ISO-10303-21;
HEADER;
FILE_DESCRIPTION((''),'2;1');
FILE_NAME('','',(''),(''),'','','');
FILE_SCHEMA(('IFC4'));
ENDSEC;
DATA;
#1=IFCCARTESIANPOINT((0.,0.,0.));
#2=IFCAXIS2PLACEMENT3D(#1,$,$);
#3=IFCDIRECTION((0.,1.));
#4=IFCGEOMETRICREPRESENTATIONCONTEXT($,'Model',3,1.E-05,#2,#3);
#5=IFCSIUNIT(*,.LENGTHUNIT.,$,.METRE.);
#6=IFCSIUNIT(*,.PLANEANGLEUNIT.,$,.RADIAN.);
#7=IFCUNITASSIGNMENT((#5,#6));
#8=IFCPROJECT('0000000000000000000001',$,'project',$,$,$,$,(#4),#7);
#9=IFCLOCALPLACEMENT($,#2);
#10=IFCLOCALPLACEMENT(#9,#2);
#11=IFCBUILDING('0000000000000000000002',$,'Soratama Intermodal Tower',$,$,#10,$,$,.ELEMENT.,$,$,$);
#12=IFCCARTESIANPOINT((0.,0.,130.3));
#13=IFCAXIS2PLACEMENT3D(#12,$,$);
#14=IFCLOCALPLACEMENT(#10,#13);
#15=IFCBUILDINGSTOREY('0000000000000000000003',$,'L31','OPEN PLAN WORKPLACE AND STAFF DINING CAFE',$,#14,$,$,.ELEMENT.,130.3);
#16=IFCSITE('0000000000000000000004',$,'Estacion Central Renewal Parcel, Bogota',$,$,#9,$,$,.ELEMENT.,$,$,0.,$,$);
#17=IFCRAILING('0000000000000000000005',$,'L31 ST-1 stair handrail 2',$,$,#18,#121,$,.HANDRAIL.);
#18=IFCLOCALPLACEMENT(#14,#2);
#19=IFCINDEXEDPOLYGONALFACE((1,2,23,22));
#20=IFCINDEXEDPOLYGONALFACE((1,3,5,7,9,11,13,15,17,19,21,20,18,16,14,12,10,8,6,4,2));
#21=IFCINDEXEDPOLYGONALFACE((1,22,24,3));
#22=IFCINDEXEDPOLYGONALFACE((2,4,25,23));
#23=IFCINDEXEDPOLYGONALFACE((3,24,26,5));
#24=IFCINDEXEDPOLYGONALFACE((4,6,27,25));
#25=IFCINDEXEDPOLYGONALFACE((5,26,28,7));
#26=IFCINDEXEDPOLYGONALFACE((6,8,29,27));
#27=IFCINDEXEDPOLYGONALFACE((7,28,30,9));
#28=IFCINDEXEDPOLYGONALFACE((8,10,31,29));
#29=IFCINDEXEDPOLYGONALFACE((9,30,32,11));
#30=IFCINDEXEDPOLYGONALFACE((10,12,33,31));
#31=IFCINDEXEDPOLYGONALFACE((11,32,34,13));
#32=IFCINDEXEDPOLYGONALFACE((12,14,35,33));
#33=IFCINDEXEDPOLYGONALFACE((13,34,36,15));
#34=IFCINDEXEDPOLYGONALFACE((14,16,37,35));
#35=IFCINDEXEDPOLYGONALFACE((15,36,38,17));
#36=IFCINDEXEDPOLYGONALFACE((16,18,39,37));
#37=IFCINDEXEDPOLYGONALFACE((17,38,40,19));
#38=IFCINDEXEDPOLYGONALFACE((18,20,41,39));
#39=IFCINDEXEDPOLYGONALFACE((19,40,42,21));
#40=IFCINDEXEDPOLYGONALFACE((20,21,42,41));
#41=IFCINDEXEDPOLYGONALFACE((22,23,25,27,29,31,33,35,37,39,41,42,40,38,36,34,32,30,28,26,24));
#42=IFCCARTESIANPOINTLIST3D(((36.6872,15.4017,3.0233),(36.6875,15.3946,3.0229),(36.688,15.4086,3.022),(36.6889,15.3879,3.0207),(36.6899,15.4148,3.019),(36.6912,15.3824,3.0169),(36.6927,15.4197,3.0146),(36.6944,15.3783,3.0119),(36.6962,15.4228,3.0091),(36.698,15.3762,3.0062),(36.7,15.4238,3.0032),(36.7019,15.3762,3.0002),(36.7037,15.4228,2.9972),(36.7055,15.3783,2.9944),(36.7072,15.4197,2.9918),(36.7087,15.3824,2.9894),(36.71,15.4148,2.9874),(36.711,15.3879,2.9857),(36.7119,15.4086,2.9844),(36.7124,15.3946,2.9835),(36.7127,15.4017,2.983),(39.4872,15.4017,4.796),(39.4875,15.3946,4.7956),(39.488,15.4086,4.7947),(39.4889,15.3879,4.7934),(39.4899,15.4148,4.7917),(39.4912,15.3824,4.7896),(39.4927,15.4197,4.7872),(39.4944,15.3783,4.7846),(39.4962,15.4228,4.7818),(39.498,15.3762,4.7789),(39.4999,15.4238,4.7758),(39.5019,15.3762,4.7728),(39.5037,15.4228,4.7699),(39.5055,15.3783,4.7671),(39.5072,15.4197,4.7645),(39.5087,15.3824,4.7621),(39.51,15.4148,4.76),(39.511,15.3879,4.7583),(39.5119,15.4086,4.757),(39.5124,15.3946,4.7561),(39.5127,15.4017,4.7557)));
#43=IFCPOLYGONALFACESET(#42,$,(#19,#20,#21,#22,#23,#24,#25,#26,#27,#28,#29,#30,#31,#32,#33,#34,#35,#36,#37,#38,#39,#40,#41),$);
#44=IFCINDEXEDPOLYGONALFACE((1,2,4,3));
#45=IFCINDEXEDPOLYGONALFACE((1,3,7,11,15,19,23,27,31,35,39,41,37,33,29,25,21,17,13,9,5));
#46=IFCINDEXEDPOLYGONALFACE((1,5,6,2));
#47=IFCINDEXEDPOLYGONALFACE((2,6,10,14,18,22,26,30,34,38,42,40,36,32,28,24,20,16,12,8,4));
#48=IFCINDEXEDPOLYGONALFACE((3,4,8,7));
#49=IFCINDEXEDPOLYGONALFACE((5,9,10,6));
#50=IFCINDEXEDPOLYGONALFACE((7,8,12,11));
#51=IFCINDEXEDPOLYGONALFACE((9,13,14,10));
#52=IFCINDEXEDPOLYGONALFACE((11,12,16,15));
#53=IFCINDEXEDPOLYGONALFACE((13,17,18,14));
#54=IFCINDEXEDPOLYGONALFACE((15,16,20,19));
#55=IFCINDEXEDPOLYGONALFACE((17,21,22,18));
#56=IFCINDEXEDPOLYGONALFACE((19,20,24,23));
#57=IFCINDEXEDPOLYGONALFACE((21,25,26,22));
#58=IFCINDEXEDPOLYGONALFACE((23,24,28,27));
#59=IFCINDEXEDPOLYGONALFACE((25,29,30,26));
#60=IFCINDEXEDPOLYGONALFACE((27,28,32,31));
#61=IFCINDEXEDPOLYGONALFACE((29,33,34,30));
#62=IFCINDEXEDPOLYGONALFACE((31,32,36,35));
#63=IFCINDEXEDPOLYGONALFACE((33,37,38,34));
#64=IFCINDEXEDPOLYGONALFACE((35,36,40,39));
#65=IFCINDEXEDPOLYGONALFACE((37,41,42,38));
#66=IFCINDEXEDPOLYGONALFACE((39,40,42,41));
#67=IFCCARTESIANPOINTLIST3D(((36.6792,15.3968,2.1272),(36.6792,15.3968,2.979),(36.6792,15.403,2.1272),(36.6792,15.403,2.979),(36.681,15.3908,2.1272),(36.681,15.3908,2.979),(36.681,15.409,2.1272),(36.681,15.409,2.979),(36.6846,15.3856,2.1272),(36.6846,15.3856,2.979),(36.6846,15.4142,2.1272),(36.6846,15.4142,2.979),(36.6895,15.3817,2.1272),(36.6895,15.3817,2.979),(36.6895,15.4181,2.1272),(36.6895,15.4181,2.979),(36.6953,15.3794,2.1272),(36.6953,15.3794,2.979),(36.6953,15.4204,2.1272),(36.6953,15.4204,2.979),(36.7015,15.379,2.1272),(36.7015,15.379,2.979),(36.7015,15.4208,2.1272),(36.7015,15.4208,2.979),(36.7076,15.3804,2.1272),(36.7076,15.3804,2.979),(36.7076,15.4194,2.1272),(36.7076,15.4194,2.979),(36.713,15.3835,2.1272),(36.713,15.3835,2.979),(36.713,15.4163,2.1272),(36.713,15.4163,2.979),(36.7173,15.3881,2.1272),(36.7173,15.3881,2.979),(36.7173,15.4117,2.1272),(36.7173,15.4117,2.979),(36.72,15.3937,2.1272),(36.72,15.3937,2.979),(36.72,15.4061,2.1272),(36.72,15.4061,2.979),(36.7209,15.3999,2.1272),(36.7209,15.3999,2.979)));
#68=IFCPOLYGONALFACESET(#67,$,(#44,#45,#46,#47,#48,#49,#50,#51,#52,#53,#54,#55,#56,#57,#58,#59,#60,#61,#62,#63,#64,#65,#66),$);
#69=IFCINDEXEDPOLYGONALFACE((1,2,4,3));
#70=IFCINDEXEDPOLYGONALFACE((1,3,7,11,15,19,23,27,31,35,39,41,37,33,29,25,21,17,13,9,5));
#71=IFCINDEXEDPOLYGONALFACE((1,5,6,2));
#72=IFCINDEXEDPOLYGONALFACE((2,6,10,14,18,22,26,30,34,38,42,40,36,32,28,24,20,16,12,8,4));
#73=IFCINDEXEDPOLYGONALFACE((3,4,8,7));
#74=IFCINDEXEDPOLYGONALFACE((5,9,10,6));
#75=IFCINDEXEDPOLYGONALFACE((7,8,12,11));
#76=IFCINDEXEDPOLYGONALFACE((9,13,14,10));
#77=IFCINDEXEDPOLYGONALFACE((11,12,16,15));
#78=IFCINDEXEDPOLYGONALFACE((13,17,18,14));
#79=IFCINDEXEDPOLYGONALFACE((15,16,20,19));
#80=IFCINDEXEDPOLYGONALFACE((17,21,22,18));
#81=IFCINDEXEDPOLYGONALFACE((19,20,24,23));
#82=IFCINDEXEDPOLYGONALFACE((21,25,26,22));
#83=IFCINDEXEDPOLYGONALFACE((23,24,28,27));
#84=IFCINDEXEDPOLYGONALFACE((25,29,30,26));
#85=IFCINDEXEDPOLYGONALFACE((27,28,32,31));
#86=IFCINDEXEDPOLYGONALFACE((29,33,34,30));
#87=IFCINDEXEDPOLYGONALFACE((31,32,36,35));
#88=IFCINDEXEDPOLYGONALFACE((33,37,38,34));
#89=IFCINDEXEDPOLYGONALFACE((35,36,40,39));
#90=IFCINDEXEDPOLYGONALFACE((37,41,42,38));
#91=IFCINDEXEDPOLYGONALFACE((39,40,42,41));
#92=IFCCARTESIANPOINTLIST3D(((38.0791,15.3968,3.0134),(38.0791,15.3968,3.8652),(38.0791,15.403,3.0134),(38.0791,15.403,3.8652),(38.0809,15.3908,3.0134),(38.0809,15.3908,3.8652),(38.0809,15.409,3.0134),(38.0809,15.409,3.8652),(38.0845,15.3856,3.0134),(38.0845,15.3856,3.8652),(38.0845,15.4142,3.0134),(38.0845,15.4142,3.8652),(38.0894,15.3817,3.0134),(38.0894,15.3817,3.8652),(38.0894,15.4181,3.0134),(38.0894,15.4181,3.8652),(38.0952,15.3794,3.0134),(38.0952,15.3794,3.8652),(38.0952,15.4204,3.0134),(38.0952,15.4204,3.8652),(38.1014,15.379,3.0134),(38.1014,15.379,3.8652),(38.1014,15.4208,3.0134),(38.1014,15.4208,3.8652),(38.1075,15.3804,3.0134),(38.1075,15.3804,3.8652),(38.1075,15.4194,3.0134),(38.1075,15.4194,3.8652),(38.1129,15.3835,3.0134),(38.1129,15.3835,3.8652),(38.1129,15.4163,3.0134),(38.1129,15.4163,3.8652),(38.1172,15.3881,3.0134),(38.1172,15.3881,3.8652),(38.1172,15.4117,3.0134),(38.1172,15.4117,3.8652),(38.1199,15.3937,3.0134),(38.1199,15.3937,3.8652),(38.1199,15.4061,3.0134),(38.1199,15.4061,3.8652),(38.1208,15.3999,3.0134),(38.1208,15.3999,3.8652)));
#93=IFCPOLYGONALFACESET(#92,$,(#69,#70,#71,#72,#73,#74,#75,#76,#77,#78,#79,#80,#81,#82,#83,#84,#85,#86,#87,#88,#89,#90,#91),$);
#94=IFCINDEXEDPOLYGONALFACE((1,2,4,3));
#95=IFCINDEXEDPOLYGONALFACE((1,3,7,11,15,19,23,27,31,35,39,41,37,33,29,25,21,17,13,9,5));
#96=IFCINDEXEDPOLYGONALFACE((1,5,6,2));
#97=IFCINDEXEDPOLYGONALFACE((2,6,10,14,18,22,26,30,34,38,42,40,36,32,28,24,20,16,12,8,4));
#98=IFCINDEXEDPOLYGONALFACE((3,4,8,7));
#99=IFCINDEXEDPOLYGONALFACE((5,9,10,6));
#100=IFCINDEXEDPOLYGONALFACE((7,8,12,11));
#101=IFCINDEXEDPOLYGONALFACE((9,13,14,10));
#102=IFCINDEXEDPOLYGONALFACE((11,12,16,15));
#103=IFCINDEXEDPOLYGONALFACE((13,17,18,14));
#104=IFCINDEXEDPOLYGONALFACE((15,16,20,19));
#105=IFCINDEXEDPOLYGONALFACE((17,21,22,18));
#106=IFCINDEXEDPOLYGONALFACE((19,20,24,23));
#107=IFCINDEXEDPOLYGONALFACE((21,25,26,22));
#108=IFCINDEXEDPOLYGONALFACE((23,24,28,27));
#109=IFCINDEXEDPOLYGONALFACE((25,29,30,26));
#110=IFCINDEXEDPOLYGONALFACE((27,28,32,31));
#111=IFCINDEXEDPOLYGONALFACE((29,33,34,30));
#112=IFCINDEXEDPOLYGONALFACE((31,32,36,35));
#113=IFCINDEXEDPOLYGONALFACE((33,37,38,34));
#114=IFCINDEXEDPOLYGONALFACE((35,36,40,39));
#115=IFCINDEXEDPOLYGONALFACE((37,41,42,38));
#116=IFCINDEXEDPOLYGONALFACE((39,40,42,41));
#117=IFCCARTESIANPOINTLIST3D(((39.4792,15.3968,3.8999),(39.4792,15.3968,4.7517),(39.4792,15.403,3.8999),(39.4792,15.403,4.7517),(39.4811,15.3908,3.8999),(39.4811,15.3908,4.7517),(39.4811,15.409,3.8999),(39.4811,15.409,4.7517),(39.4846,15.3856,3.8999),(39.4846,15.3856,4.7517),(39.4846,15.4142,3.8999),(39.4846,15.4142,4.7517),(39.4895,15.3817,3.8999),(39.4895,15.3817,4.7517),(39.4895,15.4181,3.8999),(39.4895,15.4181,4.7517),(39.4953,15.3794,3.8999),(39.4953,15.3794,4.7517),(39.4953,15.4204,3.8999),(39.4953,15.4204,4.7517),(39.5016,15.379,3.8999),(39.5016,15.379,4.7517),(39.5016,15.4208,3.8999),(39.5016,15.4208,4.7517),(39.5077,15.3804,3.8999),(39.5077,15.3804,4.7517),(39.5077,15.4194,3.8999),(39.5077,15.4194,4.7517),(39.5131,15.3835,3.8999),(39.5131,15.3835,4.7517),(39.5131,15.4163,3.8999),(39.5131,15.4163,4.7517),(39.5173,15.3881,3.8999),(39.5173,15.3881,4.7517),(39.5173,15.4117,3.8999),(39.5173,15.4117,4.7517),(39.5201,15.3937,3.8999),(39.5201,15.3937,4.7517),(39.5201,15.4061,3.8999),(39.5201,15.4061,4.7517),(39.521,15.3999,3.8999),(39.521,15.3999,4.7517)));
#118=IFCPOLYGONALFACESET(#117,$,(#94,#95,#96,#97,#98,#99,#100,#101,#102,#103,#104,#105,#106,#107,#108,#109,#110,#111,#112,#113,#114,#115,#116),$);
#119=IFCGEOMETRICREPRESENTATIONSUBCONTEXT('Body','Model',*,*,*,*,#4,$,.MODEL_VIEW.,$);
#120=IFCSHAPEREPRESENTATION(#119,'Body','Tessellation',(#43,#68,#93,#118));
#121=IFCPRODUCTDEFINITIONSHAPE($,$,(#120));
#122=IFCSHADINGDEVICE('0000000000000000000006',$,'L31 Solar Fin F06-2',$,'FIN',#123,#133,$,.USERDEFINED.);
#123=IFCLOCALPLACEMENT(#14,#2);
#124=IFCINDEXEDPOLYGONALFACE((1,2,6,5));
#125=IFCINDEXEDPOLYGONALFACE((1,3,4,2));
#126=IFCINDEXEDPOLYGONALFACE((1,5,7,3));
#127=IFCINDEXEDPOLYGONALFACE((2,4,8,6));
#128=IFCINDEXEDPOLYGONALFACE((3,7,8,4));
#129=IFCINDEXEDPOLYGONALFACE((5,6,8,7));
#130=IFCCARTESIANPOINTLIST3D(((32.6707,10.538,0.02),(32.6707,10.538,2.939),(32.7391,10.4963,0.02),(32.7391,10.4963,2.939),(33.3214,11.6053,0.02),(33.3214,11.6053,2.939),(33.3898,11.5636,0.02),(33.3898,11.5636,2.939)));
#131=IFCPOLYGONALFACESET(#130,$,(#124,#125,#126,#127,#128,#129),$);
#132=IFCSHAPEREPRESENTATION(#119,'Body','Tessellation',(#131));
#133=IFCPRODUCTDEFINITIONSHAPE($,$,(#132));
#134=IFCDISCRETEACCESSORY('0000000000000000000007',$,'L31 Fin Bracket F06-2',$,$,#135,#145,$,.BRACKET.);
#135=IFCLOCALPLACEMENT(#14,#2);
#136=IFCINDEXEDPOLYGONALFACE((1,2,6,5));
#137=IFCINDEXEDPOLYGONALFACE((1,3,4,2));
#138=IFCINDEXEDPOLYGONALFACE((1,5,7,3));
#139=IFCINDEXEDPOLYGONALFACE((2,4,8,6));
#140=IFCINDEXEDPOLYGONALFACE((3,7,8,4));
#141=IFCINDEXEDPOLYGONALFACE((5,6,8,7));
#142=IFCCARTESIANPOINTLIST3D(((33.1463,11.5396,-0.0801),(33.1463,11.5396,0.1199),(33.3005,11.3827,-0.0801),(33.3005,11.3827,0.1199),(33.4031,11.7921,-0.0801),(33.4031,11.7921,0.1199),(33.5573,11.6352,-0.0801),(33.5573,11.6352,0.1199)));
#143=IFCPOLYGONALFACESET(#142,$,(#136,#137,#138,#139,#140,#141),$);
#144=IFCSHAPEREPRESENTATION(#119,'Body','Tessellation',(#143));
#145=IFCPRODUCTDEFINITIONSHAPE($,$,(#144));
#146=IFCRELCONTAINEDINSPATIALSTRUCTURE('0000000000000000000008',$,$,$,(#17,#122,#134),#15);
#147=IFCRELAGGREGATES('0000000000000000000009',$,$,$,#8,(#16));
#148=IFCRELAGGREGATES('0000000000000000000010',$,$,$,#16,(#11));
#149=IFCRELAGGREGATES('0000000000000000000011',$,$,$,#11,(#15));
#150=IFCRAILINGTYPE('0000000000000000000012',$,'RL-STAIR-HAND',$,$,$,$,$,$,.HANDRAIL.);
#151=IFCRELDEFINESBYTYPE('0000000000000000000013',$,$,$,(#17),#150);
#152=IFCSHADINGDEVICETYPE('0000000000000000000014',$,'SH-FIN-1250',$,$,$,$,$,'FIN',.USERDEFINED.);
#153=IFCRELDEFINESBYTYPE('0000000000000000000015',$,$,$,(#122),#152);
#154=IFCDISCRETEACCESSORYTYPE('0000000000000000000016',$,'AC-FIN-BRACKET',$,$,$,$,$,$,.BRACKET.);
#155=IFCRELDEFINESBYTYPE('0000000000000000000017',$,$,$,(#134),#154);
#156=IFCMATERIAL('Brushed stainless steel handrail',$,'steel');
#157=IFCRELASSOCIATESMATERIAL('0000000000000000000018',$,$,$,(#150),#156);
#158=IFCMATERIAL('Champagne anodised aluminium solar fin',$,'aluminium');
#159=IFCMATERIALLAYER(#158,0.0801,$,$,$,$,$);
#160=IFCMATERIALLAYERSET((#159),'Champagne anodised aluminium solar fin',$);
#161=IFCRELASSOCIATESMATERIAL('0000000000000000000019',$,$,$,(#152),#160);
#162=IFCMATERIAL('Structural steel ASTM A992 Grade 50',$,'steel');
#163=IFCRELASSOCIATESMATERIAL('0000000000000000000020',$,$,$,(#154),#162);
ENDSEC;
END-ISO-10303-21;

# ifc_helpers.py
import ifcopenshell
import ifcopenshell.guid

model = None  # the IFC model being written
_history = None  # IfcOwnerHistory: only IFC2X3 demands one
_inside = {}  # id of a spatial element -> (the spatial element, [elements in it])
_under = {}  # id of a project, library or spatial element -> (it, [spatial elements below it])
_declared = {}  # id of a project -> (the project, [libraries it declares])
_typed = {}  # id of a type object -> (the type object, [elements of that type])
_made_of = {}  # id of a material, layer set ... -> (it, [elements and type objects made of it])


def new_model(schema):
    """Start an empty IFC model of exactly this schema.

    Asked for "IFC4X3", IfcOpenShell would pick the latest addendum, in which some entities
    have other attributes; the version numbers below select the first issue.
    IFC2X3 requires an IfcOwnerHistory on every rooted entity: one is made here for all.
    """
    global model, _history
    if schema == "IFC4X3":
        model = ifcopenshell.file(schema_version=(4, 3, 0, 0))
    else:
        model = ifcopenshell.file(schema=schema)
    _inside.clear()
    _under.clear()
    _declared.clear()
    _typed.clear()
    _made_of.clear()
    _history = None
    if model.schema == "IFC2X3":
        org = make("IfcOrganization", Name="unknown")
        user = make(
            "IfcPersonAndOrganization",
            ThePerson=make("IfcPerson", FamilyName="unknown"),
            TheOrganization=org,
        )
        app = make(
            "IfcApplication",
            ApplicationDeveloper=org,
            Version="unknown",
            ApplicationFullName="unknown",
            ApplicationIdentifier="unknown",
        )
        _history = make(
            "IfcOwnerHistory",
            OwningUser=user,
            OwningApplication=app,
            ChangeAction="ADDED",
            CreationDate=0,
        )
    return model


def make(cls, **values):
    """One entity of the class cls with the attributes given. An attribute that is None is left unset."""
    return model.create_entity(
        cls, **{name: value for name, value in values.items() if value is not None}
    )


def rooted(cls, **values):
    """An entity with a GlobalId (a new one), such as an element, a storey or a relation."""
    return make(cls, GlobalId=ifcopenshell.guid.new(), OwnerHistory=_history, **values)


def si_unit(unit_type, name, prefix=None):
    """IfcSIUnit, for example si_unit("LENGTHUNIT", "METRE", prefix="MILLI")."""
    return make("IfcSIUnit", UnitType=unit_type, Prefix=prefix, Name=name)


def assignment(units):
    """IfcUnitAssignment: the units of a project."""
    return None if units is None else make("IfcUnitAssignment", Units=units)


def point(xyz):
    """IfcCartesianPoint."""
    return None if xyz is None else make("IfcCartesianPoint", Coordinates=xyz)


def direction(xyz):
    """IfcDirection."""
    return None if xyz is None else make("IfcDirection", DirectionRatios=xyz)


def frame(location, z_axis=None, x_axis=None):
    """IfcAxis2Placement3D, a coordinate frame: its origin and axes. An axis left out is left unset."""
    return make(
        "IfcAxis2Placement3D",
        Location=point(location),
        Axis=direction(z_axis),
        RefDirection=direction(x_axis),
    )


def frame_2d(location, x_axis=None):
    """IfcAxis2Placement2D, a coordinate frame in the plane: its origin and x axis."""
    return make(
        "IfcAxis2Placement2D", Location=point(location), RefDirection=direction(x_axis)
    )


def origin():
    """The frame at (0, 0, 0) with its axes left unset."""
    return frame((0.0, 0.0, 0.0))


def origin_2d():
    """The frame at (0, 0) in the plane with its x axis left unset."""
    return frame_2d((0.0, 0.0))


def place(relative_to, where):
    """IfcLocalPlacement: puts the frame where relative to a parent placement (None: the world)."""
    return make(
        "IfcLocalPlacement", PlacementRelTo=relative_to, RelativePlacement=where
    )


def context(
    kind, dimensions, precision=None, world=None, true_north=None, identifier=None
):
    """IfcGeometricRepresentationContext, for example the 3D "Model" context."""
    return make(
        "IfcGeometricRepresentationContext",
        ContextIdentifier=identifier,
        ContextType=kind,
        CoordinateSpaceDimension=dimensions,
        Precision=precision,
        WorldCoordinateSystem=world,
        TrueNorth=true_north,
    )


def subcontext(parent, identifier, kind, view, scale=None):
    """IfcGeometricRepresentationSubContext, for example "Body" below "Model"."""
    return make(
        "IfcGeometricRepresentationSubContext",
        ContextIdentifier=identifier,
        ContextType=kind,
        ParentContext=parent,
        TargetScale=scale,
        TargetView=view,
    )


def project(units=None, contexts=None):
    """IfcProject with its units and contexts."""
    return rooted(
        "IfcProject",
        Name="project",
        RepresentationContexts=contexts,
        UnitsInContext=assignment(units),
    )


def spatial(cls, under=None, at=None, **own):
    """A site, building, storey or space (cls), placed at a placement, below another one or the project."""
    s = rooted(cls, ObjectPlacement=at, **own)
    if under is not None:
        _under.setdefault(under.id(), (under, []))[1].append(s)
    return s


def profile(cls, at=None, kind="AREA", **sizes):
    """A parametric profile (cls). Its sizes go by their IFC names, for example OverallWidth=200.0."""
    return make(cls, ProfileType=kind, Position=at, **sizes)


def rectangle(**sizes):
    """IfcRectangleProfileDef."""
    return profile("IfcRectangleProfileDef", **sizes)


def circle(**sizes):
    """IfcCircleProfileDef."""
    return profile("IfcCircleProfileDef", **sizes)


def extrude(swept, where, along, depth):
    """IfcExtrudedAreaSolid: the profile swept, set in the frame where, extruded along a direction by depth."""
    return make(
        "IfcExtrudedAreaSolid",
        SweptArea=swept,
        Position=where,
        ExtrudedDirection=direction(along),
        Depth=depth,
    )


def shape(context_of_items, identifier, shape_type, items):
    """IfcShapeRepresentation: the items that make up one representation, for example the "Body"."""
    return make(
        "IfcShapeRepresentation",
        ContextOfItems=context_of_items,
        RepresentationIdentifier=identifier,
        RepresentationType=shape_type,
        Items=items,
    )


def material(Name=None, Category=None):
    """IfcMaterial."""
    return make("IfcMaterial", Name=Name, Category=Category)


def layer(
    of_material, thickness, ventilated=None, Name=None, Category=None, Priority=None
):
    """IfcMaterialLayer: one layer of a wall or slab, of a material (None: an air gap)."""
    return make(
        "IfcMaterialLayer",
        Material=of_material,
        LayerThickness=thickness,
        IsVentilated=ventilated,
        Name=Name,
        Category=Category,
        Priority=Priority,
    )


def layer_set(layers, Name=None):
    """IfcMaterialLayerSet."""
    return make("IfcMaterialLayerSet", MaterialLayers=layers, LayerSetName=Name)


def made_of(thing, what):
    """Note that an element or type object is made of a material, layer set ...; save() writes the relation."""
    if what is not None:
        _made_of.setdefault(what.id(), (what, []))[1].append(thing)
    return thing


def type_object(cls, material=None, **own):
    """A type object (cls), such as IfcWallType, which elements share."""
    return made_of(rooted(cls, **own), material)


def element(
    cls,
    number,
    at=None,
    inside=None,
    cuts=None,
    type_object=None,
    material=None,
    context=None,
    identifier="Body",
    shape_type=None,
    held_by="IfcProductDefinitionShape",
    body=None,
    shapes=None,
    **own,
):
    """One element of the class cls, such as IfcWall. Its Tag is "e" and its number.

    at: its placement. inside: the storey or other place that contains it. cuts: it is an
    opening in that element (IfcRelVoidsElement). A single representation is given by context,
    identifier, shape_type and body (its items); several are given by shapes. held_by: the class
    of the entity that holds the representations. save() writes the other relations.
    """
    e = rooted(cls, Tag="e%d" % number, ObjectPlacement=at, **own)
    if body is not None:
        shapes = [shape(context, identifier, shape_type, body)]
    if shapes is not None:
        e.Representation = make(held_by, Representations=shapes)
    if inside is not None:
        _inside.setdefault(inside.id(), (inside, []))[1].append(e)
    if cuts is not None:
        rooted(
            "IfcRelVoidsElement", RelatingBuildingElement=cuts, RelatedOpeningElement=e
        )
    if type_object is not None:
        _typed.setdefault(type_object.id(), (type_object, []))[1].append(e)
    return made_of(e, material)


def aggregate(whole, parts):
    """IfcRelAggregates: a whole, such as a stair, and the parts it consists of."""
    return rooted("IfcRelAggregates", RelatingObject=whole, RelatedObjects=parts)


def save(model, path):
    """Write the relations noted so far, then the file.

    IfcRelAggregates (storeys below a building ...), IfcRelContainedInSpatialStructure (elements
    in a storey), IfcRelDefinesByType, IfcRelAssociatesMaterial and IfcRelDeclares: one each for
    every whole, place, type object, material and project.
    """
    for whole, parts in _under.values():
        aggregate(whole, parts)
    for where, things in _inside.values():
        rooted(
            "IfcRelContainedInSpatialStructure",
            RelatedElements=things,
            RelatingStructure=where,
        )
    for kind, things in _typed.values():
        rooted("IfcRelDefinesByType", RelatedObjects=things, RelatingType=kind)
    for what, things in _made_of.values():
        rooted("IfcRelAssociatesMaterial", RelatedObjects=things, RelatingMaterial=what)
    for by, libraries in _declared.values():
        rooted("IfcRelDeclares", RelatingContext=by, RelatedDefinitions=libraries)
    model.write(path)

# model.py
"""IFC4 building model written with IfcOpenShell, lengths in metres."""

from ifc_helpers import new_model, si_unit, direction, frame, origin, origin_2d, place, context, subcontext, project, spatial, rectangle, circle, extrude, material, layer, layer_set, type_object, element, save


model = new_model("IFC4")

# Units and contexts
model_context = context("Model", 3, precision=1e-05, world=origin(), true_north=direction((0.0, 1.0)))
body_context = subcontext(model_context, "Body", "Model", "MODEL_VIEW")
ifc_project = project(units=[si_unit("LENGTHUNIT", "METRE"), si_unit("PLANEANGLEUNIT", "RADIAN")], contexts=[model_context])

# Site, building, storey
site_placement = place(None, origin())
site = spatial("IfcSite", under=ifc_project, at=site_placement, Name="Estacion Central Renewal Parcel, Bogota", CompositionType="ELEMENT", RefElevation=0.0)
building_placement = place(site_placement, origin())
building = spatial("IfcBuilding", under=site, at=building_placement, Name="Soratama Intermodal Tower", CompositionType="ELEMENT")
storey_placement = place(building_placement, frame((0.0, 0.0, 130.3)))
storey = spatial("IfcBuildingStorey", under=building, at=storey_placement, Name="L31", Description="OPEN PLAN WORKPLACE AND STAFF DINING CAFE", CompositionType="ELEMENT", Elevation=130.3)

# Railing
ifc_material_1 = material(Name="Brushed stainless steel handrail", Category="steel")
railing_type = type_object("IfcRailingType", Name="RL-STAIR-HAND", PredefinedType="HANDRAIL", material=ifc_material_1)
railing_placement = place(storey_placement, frame((36.7, 15.3999, 2.1272)))
element("IfcRailing", 1, at=railing_placement, inside=storey, type_object=railing_type, Name="L31 ST-1 stair handrail 2", PredefinedType="HANDRAIL", context=body_context, shape_type="SweptSolid", body=[
    extrude(circle(Radius=0.0239, at=origin_2d()), frame((0.0, 0.0, 0.876), z_axis=(0.844909, 0.0, 0.53491), x_axis=(0.0, 1.0, 0.0)), (0.0, 0.0, 1.0), 3.314),
    extrude(circle(Radius=0.021, at=origin_2d()), origin(), (0.0, 0.0, 1.0), 0.8518),
    extrude(circle(Radius=0.021, at=origin_2d()), frame((1.3999, 0.0, 0.8862)), (0.0, 0.0, 1.0), 0.8518),
    extrude(circle(Radius=0.021, at=origin_2d()), frame((2.8, 0.0, 1.7727)), (0.0, 0.0, 1.0), 0.8518),
])

# Shading device
ifc_material_2 = material(Name="Champagne anodised aluminium solar fin", Category="aluminium")
ifc_layer_1 = layer(ifc_material_2, 0.0801)
ifc_layer_set_1 = layer_set([ifc_layer_1], Name="Champagne anodised aluminium solar fin")
shading_device_type = type_object("IfcShadingDeviceType", Name="SH-FIN-1250", ElementType="FIN", PredefinedType="USERDEFINED", material=ifc_layer_set_1)
shading_device_placement = place(storey_placement, frame((33.0303, 11.0508, 0.02), z_axis=(0.0, 0.0, 1.0), x_axis=(-0.520563, -0.853823, 0.0)))
element("IfcShadingDevice", 2, at=shading_device_placement, inside=storey, type_object=shading_device_type, Name="L31 Solar Fin F06-2", ObjectType="FIN", PredefinedType="USERDEFINED", context=body_context, shape_type="SweptSolid", body=[
    extrude(rectangle(XDim=1.25, YDim=0.0801, at=origin_2d()), origin(), (0.0, 0.0, 1.0), 2.9189),
])

# Discrete accessory
ifc_material_3 = material(Name="Structural steel ASTM A992 Grade 50", Category="steel")
discrete_accessory_type = type_object("IfcDiscreteAccessoryType", Name="AC-FIN-BRACKET", PredefinedType="BRACKET", material=ifc_material_3)
discrete_accessory_placement = place(storey_placement, frame((33.3518, 11.5874, -0.0801), z_axis=(0.0, 0.0, 1.0), x_axis=(-0.713006, -0.701158, 0.0)))
element("IfcDiscreteAccessory", 3, at=discrete_accessory_placement, inside=storey, type_object=discrete_accessory_type, Name="L31 Fin Bracket F06-2", PredefinedType="BRACKET", context=body_context, shape_type="SweptSolid", body=[
    extrude(rectangle(XDim=0.3601, YDim=0.22, at=origin_2d()), origin(), (0.0, 0.0, 1.0), 0.2),
])

save(model, "model.ifc")
